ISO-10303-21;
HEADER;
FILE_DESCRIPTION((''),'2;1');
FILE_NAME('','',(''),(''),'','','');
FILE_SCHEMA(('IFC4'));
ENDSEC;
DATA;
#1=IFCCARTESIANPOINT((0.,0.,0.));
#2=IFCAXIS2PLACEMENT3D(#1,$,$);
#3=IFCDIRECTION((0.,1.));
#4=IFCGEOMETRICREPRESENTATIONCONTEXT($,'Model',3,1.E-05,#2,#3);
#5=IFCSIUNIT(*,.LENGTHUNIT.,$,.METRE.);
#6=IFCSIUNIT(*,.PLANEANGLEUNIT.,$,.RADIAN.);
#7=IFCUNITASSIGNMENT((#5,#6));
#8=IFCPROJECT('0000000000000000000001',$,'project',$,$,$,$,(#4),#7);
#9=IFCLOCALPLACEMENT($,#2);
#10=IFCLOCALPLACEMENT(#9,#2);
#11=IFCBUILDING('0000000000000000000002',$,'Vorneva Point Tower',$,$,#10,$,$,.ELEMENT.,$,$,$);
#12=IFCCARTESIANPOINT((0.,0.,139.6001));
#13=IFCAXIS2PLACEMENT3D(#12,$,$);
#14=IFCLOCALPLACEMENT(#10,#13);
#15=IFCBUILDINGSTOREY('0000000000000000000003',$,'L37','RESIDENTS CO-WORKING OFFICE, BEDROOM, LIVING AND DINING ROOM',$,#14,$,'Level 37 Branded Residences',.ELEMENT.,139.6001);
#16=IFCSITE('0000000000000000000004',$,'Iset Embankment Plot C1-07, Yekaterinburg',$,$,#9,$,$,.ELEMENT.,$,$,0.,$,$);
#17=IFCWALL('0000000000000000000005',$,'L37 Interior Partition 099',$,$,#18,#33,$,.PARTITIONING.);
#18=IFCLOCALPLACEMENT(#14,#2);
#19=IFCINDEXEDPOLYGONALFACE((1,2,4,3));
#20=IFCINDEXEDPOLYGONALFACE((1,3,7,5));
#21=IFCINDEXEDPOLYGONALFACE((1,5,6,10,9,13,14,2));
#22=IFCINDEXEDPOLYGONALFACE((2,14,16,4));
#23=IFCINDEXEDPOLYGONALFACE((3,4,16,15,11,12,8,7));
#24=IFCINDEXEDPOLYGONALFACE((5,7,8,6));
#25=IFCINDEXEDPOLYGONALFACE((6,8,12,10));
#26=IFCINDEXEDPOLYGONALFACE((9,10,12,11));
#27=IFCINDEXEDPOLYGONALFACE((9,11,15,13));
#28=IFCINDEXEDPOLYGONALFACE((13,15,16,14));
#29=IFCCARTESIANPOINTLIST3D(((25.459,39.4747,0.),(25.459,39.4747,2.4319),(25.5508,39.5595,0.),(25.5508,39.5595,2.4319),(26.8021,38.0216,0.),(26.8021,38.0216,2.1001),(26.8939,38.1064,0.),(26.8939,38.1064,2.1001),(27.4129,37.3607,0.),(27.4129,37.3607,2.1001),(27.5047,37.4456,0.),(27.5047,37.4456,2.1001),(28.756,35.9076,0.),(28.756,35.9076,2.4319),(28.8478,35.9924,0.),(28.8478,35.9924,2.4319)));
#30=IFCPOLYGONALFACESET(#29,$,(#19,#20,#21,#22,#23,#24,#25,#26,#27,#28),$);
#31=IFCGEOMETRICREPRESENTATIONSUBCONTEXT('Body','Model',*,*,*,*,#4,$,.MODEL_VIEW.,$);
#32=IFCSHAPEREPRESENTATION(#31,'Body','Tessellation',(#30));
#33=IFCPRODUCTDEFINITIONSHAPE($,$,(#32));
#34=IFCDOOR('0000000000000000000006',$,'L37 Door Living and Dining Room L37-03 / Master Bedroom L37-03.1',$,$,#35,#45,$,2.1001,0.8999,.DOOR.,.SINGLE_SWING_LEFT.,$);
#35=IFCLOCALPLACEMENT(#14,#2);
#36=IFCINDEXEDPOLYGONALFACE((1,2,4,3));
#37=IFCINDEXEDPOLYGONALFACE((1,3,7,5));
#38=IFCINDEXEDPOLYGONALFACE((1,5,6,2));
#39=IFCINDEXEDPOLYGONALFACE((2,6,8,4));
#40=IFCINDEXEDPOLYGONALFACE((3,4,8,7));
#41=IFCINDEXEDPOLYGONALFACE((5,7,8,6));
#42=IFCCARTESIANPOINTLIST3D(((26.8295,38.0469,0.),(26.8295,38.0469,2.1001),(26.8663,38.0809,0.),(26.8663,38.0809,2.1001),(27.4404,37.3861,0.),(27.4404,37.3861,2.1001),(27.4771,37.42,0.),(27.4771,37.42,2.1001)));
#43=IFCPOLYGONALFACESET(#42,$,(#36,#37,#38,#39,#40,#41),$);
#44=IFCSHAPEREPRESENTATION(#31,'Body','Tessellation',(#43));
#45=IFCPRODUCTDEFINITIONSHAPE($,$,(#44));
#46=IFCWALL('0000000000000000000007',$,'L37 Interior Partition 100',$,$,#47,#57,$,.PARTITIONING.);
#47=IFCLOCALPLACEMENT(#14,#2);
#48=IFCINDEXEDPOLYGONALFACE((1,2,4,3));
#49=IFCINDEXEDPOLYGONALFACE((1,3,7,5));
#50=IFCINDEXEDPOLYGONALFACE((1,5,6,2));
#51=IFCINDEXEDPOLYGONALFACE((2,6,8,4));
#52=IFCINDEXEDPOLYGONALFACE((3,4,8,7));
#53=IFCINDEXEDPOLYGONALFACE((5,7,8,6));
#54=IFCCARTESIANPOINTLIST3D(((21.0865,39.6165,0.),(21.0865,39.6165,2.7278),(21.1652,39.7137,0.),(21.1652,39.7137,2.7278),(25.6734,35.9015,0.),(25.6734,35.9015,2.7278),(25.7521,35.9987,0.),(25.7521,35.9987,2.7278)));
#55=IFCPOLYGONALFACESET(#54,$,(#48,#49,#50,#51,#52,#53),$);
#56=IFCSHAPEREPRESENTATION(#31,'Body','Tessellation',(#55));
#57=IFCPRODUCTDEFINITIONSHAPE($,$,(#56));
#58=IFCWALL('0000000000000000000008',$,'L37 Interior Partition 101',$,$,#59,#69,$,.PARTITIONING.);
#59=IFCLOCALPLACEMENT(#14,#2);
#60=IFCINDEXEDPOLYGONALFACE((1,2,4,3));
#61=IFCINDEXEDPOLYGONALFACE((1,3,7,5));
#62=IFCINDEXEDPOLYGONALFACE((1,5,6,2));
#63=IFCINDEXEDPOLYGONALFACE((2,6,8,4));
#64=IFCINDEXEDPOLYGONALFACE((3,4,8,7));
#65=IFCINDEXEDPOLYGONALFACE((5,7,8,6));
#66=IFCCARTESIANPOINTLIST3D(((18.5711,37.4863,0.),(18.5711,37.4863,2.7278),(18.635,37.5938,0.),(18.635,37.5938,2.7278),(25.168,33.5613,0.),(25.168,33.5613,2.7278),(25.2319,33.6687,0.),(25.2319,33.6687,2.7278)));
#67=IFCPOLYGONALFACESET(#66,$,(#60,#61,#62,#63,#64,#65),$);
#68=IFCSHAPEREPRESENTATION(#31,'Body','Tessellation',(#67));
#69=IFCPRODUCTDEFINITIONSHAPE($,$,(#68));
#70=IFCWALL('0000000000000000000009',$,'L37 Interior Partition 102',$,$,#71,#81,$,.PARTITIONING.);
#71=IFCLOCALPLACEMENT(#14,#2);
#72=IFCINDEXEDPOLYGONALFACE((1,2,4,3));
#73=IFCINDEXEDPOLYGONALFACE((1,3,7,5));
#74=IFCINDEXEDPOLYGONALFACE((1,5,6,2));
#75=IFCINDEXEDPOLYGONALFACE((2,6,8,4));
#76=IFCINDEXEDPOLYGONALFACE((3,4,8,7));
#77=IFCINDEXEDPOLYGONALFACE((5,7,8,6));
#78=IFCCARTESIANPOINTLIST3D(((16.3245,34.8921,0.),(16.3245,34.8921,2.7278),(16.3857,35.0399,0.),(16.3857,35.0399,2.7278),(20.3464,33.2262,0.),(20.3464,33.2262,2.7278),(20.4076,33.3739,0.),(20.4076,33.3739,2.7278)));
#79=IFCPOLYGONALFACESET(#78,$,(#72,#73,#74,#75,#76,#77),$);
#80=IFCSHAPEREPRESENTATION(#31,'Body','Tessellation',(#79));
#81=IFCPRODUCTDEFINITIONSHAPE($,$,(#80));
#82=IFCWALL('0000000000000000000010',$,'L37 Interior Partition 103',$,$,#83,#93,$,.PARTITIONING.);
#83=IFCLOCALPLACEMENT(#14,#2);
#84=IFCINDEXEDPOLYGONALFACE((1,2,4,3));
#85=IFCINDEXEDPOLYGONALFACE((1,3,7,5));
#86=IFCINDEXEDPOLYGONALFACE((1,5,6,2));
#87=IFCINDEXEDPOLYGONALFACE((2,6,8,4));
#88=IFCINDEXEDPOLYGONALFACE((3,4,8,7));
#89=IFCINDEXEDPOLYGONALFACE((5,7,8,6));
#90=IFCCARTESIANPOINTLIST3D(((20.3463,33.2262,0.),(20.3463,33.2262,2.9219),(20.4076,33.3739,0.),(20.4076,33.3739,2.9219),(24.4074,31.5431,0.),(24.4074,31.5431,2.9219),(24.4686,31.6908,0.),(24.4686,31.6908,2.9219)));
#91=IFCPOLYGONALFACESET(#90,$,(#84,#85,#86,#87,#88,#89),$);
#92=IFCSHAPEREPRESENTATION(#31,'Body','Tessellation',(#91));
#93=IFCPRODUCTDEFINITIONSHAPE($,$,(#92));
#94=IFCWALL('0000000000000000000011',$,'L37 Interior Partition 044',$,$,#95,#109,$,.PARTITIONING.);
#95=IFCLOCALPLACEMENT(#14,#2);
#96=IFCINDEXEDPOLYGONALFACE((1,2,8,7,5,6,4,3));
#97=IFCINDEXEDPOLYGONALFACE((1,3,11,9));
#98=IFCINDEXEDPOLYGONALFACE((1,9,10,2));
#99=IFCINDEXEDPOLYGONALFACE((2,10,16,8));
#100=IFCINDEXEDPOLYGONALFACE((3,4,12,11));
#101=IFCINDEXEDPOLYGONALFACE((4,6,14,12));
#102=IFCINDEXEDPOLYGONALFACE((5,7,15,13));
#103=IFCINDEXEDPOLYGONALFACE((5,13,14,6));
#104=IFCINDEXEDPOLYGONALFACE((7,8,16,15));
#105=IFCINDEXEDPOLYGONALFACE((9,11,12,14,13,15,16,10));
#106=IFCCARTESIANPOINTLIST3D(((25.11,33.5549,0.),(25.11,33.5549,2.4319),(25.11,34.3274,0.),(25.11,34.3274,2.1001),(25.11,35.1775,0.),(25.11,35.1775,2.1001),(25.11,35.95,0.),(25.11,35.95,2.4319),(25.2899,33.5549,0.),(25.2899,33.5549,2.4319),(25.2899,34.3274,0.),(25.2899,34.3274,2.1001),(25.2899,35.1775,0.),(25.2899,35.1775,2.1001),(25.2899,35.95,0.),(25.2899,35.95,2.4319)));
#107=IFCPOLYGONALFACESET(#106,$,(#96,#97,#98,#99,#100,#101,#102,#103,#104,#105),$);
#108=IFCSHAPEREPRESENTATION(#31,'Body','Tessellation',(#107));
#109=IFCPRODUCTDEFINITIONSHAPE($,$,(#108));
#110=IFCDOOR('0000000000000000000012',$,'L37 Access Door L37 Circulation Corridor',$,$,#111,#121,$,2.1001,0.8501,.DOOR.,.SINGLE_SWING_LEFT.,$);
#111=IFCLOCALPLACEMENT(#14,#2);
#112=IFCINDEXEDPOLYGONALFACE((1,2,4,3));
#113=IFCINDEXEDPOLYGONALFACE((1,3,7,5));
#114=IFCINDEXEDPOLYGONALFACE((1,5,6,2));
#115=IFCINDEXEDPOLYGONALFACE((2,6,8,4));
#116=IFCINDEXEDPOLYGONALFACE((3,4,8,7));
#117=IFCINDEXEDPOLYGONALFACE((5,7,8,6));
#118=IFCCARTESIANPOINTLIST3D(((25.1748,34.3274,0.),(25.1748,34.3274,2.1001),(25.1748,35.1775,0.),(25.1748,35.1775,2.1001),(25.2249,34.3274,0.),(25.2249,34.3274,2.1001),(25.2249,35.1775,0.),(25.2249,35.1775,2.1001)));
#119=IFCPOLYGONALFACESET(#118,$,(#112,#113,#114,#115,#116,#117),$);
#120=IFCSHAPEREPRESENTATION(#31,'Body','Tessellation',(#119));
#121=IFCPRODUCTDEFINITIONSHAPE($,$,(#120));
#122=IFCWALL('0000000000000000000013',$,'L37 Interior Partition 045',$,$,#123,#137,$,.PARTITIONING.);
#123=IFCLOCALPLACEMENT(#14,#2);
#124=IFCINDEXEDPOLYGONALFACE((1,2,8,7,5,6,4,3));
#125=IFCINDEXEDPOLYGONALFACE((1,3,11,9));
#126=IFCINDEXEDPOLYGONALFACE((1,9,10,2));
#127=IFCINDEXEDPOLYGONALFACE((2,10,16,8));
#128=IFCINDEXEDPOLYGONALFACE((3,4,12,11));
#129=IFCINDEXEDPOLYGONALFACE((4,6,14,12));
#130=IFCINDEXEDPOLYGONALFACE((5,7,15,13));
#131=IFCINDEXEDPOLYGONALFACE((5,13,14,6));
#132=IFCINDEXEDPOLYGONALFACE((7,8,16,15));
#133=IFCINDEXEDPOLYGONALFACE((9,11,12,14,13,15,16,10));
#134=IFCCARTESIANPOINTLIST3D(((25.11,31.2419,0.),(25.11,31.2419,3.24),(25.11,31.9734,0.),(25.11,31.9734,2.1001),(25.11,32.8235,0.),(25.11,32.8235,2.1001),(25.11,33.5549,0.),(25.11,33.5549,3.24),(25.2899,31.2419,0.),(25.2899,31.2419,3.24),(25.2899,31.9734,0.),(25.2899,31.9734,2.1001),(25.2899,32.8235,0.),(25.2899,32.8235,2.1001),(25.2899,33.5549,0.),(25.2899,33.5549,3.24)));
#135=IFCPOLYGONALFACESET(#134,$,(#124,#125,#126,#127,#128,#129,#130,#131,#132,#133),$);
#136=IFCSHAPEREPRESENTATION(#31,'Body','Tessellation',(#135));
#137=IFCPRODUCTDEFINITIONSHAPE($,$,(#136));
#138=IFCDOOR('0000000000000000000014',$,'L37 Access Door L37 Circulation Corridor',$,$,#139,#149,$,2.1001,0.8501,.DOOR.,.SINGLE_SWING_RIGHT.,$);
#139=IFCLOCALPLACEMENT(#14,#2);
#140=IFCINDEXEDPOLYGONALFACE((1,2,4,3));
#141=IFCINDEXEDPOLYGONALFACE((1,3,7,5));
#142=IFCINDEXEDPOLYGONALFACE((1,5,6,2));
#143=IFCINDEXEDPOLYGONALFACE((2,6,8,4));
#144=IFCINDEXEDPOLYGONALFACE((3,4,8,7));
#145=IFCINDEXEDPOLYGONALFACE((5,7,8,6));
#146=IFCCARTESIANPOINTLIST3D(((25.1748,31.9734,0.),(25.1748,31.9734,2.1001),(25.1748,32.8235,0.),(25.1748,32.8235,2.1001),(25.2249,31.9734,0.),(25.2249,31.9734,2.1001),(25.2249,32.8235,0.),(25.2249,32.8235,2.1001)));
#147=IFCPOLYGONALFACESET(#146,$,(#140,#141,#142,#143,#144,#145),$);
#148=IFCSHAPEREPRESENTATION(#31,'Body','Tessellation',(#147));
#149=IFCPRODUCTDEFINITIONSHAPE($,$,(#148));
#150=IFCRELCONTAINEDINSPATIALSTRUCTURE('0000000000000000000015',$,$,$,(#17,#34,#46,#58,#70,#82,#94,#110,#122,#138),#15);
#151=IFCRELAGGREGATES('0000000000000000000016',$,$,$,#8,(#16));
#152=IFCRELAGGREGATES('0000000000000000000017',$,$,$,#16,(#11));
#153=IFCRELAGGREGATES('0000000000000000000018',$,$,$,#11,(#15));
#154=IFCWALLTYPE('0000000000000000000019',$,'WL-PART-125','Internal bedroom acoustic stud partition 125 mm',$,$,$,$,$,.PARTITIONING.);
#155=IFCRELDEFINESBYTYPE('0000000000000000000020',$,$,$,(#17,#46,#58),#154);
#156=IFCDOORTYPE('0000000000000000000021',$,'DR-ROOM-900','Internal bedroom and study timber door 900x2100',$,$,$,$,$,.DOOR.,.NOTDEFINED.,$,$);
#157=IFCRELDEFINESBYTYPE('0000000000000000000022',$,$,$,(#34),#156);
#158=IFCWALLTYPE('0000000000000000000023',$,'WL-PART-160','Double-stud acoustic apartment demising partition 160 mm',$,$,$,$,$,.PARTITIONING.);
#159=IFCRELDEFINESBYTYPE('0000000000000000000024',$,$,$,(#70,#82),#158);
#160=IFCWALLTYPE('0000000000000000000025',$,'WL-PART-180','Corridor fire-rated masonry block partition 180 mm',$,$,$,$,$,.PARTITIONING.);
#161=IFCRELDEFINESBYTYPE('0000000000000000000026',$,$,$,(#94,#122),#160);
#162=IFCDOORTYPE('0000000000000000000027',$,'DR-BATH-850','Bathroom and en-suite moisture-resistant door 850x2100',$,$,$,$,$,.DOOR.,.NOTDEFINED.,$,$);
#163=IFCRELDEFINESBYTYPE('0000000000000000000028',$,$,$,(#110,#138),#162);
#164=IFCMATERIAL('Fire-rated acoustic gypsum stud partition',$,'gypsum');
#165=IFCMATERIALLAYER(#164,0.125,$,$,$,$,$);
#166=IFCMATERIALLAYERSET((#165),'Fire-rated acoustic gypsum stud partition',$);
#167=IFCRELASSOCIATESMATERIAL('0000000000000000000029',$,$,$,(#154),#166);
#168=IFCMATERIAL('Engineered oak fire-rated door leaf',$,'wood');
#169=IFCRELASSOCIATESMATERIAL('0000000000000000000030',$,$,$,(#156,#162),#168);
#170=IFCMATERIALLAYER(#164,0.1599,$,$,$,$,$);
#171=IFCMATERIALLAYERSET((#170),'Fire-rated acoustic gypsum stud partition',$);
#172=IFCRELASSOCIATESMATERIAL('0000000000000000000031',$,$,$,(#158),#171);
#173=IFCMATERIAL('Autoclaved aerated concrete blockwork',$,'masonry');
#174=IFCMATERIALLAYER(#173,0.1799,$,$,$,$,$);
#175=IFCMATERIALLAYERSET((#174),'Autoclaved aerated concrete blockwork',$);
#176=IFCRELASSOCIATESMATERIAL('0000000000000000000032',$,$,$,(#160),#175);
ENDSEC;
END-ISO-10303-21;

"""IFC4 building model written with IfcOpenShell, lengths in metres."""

from ifc_helpers import new_model, si_unit, direction, frame, frame_2d, origin, place, context, subcontext, project, spatial, rectangle, extrude, material, layer, layer_set, type_object, element, fill, save


model = new_model("IFC4")

# Units and contexts
model_context = context("Model", 3, precision=1e-05, world=origin(), true_north=direction((0.0, 1.0)))
body_context = subcontext(model_context, "Body", "Model", "MODEL_VIEW")
ifc_project = project(units=[si_unit("LENGTHUNIT", "METRE"), si_unit("PLANEANGLEUNIT", "RADIAN")], contexts=[model_context])

# Site, building, storey
site_placement = place(None, origin())
site = spatial("IfcSite", under=ifc_project, at=site_placement, Name="Iset Embankment Plot C1-07, Yekaterinburg", CompositionType="ELEMENT", RefElevation=0.0)
building_placement = place(site_placement, origin())
building = spatial("IfcBuilding", under=site, at=building_placement, Name="Vorneva Point Tower", CompositionType="ELEMENT")
storey_placement = place(building_placement, frame((0.0, 0.0, 139.6001)))
storey = spatial("IfcBuildingStorey", under=building, at=storey_placement, Name="L37", Description="RESIDENTS CO-WORKING OFFICE, BEDROOM, LIVING AND DINING ROOM", LongName="Level 37 Branded Residences", CompositionType="ELEMENT", Elevation=139.6001)

# Shared definitions
ifc_material_1 = material(Name="Fire-rated acoustic gypsum stud partition", Category="gypsum")

# Wall, opening, door
ifc_layer_1 = layer(ifc_material_1, 0.125)
ifc_layer_set_1 = layer_set([ifc_layer_1], Name="Fire-rated acoustic gypsum stud partition")
wall_type_1 = type_object("IfcWallType", Name="WL-PART-125", Description="Internal bedroom acoustic stud partition 125 mm", PredefinedType="PARTITIONING", material=ifc_layer_set_1)
wall_1_placement = place(storey_placement, frame((25.5049, 39.5171, 0.0), z_axis=(0.0, 0.0, 1.0), x_axis=(0.678766, -0.734354, 0.0)))
wall_1 = element("IfcWall", 1, at=wall_1_placement, inside=storey, type_object=wall_type_1, Name="L37 Interior Partition 099", PredefinedType="PARTITIONING", context=body_context, shape_type="SweptSolid", body=[
    extrude(rectangle(XDim=4.8574, YDim=0.125, at=frame_2d((2.4287, 0.0))), origin(), (0.0, 0.0, 1.0), 2.4319),
])
opening_1_placement = place(wall_1_placement, frame((1.9788, 0.0, 0.0)))
opening_1 = element("IfcOpeningElement", 2, at=opening_1_placement, cuts=wall_1, PredefinedType="OPENING", context=body_context, shape_type="SweptSolid", body=[
    extrude(rectangle(XDim=0.8999, YDim=2.1001, at=frame_2d((0.45, 1.05))), frame((0.0, 0.0774, 0.0), z_axis=(0.0, -1.0, 0.0), x_axis=(1.0, 0.0, 0.0)), (0.0, 0.0, 1.0), 0.1548),
])
ifc_material_2 = material(Name="Engineered oak fire-rated door leaf", Category="wood")
door_type_1 = type_object("IfcDoorType", Name="DR-ROOM-900", Description="Internal bedroom and study timber door 900x2100", OperationType="NOTDEFINED", PredefinedType="DOOR", material=ifc_material_2)
door_1_placement = place(opening_1_placement, origin())
door_1 = element("IfcDoor", 3, at=door_1_placement, inside=storey, type_object=door_type_1, Name="L37 Door Living and Dining Room L37-03 / Master Bedroom L37-03.1", OperationType="SINGLE_SWING_LEFT", OverallHeight=2.1001, OverallWidth=0.8999, PredefinedType="DOOR", context=body_context, shape_type="SweptSolid", body=[
    extrude(rectangle(XDim=0.8999, YDim=2.1001, at=frame_2d((0.45, 1.05))), frame((0.0, 0.0249, 0.0), z_axis=(0.0, -1.0, 0.0), x_axis=(1.0, 0.0, 0.0)), (0.0, 0.0, 1.0), 0.05),
])
fill(opening_1, door_1)

# Walls
wall_2_placement = place(storey_placement, frame((21.126, 39.665, 0.0), z_axis=(0.0, 0.0, 1.0), x_axis=(0.77709, -0.62939, 0.0)))
element("IfcWall", 4, at=wall_2_placement, inside=storey, type_object=wall_type_1, Name="L37 Interior Partition 100", PredefinedType="PARTITIONING", context=body_context, shape_type="SweptSolid", body=[
    extrude(rectangle(XDim=5.9026, YDim=0.125, at=frame_2d((2.9512, 0.0))), origin(), (0.0, 0.0, 1.0), 2.7278),
])
wall_3_placement = place(storey_placement, frame((18.603, 37.54, 0.0), z_axis=(0.0, 0.0, 1.0), x_axis=(0.85939, -0.511321, 0.0)))
element("IfcWall", 5, at=wall_3_placement, inside=storey, type_object=wall_type_1, Name="L37 Interior Partition 101", PredefinedType="PARTITIONING", context=body_context, shape_type="SweptSolid", body=[
    extrude(rectangle(XDim=7.6763, YDim=0.125, at=frame_2d((3.8381, 0.0))), origin(), (0.0, 0.0, 1.0), 2.7278),
])
ifc_layer_2 = layer(ifc_material_1, 0.1599)
ifc_layer_set_2 = layer_set([ifc_layer_2], Name="Fire-rated acoustic gypsum stud partition")
wall_type_2 = type_object("IfcWallType", Name="WL-PART-160", Description="Double-stud acoustic apartment demising partition 160 mm", PredefinedType="PARTITIONING", material=ifc_layer_set_2)
wall_4_placement = place(storey_placement, frame((16.355, 34.9661, 0.0), z_axis=(0.0, 0.0, 1.0), x_axis=(0.923875, -0.382695, 0.0)))
element("IfcWall", 6, at=wall_4_placement, inside=storey, type_object=wall_type_2, Name="L37 Interior Partition 102", PredefinedType="PARTITIONING", context=body_context, shape_type="SweptSolid", body=[
    extrude(rectangle(XDim=4.3533, YDim=0.1599, at=frame_2d((2.1768, 0.0))), origin(), (0.0, 0.0, 1.0), 2.7278),
])
wall_5_placement = place(storey_placement, frame((20.377, 33.3, 0.0), z_axis=(0.0, 0.0, 1.0), x_axis=(0.923802, -0.382872, 0.0)))
element("IfcWall", 7, at=wall_5_placement, inside=storey, type_object=wall_type_2, Name="L37 Interior Partition 103", PredefinedType="PARTITIONING", context=body_context, shape_type="SweptSolid", body=[
    extrude(rectangle(XDim=4.396, YDim=0.1599, at=frame_2d((2.198, 0.0))), origin(), (0.0, 0.0, 1.0), 2.9219),
])

# Walls, openings, doors
ifc_material_3 = material(Name="Autoclaved aerated concrete blockwork", Category="masonry")
ifc_layer_3 = layer(ifc_material_3, 0.1799)
ifc_layer_set_3 = layer_set([ifc_layer_3], Name="Autoclaved aerated concrete blockwork")
wall_type_3 = type_object("IfcWallType", Name="WL-PART-180", Description="Corridor fire-rated masonry block partition 180 mm", PredefinedType="PARTITIONING", material=ifc_layer_set_3)
wall_6_placement = place(storey_placement, frame((25.2, 35.95, 0.0), z_axis=(0.0, 0.0, 1.0), x_axis=(0.0, -1.0, 0.0)))
wall_6 = element("IfcWall", 8, at=wall_6_placement, inside=storey, type_object=wall_type_3, Name="L37 Interior Partition 044", PredefinedType="PARTITIONING", context=body_context, shape_type="SweptSolid", body=[
    extrude(rectangle(XDim=2.395, YDim=0.1799, at=frame_2d((1.1975, 0.0))), origin(), (0.0, 0.0, 1.0), 2.4319),
])
opening_2_placement = place(wall_6_placement, frame((0.7725, 0.0, 0.0)))
opening_2 = element("IfcOpeningElement", 9, at=opening_2_placement, cuts=wall_6, PredefinedType="OPENING", context=body_context, shape_type="SweptSolid", body=[
    extrude(rectangle(XDim=0.8501, YDim=2.1001, at=frame_2d((0.425, 1.05))), frame((0.0, 0.105, 0.0), z_axis=(0.0, -1.0, 0.0), x_axis=(1.0, 0.0, 0.0)), (0.0, 0.0, 1.0), 0.2097),
])
door_type_2 = type_object("IfcDoorType", Name="DR-BATH-850", Description="Bathroom and en-suite moisture-resistant door 850x2100", OperationType="NOTDEFINED", PredefinedType="DOOR", material=ifc_material_2)
door_2_placement = place(opening_2_placement, origin())
door_2 = element("IfcDoor", 10, at=door_2_placement, inside=storey, type_object=door_type_2, Name="L37 Access Door L37 Circulation Corridor", OperationType="SINGLE_SWING_LEFT", OverallHeight=2.1001, OverallWidth=0.8501, PredefinedType="DOOR", context=body_context, shape_type="SweptSolid", body=[
    extrude(rectangle(XDim=0.8501, YDim=2.1001, at=frame_2d((0.425, 1.05))), frame((0.0, 0.0249, 0.0), z_axis=(0.0, -1.0, 0.0), x_axis=(1.0, 0.0, 0.0)), (0.0, 0.0, 1.0), 0.05),
])
fill(opening_2, door_2)
wall_7_placement = place(storey_placement, frame((25.2, 33.5549, 0.0), z_axis=(0.0, 0.0, 1.0), x_axis=(0.0, -1.0, 0.0)))
wall_7 = element("IfcWall", 11, at=wall_7_placement, inside=storey, type_object=wall_type_3, Name="L37 Interior Partition 045", PredefinedType="PARTITIONING", context=body_context, shape_type="SweptSolid", body=[
    extrude(rectangle(XDim=2.313, YDim=0.1799, at=frame_2d((1.1565, 0.0))), origin(), (0.0, 0.0, 1.0), 3.24),
])
opening_3_placement = place(wall_7_placement, frame((0.7314, 0.0, 0.0)))
opening_3 = element("IfcOpeningElement", 12, at=opening_3_placement, cuts=wall_7, PredefinedType="OPENING", context=body_context, shape_type="SweptSolid", body=[
    extrude(rectangle(XDim=0.8501, YDim=2.1001, at=frame_2d((0.425, 1.05))), frame((0.0, 0.105, 0.0), z_axis=(0.0, -1.0, 0.0), x_axis=(1.0, 0.0, 0.0)), (0.0, 0.0, 1.0), 0.2097),
])
door_3_placement = place(opening_3_placement, origin())
door_3 = element("IfcDoor", 13, at=door_3_placement, inside=storey, type_object=door_type_2, Name="L37 Access Door L37 Circulation Corridor", OperationType="SINGLE_SWING_RIGHT", OverallHeight=2.1001, OverallWidth=0.8501, PredefinedType="DOOR", context=body_context, shape_type="SweptSolid", body=[
    extrude(rectangle(XDim=0.8501, YDim=2.1001, at=frame_2d((0.425, 1.05))), frame((0.0, 0.0249, 0.0), z_axis=(0.0, -1.0, 0.0), x_axis=(1.0, 0.0, 0.0)), (0.0, 0.0, 1.0), 0.05),
])
fill(opening_3, door_3)

save(model, "model.ifc")
